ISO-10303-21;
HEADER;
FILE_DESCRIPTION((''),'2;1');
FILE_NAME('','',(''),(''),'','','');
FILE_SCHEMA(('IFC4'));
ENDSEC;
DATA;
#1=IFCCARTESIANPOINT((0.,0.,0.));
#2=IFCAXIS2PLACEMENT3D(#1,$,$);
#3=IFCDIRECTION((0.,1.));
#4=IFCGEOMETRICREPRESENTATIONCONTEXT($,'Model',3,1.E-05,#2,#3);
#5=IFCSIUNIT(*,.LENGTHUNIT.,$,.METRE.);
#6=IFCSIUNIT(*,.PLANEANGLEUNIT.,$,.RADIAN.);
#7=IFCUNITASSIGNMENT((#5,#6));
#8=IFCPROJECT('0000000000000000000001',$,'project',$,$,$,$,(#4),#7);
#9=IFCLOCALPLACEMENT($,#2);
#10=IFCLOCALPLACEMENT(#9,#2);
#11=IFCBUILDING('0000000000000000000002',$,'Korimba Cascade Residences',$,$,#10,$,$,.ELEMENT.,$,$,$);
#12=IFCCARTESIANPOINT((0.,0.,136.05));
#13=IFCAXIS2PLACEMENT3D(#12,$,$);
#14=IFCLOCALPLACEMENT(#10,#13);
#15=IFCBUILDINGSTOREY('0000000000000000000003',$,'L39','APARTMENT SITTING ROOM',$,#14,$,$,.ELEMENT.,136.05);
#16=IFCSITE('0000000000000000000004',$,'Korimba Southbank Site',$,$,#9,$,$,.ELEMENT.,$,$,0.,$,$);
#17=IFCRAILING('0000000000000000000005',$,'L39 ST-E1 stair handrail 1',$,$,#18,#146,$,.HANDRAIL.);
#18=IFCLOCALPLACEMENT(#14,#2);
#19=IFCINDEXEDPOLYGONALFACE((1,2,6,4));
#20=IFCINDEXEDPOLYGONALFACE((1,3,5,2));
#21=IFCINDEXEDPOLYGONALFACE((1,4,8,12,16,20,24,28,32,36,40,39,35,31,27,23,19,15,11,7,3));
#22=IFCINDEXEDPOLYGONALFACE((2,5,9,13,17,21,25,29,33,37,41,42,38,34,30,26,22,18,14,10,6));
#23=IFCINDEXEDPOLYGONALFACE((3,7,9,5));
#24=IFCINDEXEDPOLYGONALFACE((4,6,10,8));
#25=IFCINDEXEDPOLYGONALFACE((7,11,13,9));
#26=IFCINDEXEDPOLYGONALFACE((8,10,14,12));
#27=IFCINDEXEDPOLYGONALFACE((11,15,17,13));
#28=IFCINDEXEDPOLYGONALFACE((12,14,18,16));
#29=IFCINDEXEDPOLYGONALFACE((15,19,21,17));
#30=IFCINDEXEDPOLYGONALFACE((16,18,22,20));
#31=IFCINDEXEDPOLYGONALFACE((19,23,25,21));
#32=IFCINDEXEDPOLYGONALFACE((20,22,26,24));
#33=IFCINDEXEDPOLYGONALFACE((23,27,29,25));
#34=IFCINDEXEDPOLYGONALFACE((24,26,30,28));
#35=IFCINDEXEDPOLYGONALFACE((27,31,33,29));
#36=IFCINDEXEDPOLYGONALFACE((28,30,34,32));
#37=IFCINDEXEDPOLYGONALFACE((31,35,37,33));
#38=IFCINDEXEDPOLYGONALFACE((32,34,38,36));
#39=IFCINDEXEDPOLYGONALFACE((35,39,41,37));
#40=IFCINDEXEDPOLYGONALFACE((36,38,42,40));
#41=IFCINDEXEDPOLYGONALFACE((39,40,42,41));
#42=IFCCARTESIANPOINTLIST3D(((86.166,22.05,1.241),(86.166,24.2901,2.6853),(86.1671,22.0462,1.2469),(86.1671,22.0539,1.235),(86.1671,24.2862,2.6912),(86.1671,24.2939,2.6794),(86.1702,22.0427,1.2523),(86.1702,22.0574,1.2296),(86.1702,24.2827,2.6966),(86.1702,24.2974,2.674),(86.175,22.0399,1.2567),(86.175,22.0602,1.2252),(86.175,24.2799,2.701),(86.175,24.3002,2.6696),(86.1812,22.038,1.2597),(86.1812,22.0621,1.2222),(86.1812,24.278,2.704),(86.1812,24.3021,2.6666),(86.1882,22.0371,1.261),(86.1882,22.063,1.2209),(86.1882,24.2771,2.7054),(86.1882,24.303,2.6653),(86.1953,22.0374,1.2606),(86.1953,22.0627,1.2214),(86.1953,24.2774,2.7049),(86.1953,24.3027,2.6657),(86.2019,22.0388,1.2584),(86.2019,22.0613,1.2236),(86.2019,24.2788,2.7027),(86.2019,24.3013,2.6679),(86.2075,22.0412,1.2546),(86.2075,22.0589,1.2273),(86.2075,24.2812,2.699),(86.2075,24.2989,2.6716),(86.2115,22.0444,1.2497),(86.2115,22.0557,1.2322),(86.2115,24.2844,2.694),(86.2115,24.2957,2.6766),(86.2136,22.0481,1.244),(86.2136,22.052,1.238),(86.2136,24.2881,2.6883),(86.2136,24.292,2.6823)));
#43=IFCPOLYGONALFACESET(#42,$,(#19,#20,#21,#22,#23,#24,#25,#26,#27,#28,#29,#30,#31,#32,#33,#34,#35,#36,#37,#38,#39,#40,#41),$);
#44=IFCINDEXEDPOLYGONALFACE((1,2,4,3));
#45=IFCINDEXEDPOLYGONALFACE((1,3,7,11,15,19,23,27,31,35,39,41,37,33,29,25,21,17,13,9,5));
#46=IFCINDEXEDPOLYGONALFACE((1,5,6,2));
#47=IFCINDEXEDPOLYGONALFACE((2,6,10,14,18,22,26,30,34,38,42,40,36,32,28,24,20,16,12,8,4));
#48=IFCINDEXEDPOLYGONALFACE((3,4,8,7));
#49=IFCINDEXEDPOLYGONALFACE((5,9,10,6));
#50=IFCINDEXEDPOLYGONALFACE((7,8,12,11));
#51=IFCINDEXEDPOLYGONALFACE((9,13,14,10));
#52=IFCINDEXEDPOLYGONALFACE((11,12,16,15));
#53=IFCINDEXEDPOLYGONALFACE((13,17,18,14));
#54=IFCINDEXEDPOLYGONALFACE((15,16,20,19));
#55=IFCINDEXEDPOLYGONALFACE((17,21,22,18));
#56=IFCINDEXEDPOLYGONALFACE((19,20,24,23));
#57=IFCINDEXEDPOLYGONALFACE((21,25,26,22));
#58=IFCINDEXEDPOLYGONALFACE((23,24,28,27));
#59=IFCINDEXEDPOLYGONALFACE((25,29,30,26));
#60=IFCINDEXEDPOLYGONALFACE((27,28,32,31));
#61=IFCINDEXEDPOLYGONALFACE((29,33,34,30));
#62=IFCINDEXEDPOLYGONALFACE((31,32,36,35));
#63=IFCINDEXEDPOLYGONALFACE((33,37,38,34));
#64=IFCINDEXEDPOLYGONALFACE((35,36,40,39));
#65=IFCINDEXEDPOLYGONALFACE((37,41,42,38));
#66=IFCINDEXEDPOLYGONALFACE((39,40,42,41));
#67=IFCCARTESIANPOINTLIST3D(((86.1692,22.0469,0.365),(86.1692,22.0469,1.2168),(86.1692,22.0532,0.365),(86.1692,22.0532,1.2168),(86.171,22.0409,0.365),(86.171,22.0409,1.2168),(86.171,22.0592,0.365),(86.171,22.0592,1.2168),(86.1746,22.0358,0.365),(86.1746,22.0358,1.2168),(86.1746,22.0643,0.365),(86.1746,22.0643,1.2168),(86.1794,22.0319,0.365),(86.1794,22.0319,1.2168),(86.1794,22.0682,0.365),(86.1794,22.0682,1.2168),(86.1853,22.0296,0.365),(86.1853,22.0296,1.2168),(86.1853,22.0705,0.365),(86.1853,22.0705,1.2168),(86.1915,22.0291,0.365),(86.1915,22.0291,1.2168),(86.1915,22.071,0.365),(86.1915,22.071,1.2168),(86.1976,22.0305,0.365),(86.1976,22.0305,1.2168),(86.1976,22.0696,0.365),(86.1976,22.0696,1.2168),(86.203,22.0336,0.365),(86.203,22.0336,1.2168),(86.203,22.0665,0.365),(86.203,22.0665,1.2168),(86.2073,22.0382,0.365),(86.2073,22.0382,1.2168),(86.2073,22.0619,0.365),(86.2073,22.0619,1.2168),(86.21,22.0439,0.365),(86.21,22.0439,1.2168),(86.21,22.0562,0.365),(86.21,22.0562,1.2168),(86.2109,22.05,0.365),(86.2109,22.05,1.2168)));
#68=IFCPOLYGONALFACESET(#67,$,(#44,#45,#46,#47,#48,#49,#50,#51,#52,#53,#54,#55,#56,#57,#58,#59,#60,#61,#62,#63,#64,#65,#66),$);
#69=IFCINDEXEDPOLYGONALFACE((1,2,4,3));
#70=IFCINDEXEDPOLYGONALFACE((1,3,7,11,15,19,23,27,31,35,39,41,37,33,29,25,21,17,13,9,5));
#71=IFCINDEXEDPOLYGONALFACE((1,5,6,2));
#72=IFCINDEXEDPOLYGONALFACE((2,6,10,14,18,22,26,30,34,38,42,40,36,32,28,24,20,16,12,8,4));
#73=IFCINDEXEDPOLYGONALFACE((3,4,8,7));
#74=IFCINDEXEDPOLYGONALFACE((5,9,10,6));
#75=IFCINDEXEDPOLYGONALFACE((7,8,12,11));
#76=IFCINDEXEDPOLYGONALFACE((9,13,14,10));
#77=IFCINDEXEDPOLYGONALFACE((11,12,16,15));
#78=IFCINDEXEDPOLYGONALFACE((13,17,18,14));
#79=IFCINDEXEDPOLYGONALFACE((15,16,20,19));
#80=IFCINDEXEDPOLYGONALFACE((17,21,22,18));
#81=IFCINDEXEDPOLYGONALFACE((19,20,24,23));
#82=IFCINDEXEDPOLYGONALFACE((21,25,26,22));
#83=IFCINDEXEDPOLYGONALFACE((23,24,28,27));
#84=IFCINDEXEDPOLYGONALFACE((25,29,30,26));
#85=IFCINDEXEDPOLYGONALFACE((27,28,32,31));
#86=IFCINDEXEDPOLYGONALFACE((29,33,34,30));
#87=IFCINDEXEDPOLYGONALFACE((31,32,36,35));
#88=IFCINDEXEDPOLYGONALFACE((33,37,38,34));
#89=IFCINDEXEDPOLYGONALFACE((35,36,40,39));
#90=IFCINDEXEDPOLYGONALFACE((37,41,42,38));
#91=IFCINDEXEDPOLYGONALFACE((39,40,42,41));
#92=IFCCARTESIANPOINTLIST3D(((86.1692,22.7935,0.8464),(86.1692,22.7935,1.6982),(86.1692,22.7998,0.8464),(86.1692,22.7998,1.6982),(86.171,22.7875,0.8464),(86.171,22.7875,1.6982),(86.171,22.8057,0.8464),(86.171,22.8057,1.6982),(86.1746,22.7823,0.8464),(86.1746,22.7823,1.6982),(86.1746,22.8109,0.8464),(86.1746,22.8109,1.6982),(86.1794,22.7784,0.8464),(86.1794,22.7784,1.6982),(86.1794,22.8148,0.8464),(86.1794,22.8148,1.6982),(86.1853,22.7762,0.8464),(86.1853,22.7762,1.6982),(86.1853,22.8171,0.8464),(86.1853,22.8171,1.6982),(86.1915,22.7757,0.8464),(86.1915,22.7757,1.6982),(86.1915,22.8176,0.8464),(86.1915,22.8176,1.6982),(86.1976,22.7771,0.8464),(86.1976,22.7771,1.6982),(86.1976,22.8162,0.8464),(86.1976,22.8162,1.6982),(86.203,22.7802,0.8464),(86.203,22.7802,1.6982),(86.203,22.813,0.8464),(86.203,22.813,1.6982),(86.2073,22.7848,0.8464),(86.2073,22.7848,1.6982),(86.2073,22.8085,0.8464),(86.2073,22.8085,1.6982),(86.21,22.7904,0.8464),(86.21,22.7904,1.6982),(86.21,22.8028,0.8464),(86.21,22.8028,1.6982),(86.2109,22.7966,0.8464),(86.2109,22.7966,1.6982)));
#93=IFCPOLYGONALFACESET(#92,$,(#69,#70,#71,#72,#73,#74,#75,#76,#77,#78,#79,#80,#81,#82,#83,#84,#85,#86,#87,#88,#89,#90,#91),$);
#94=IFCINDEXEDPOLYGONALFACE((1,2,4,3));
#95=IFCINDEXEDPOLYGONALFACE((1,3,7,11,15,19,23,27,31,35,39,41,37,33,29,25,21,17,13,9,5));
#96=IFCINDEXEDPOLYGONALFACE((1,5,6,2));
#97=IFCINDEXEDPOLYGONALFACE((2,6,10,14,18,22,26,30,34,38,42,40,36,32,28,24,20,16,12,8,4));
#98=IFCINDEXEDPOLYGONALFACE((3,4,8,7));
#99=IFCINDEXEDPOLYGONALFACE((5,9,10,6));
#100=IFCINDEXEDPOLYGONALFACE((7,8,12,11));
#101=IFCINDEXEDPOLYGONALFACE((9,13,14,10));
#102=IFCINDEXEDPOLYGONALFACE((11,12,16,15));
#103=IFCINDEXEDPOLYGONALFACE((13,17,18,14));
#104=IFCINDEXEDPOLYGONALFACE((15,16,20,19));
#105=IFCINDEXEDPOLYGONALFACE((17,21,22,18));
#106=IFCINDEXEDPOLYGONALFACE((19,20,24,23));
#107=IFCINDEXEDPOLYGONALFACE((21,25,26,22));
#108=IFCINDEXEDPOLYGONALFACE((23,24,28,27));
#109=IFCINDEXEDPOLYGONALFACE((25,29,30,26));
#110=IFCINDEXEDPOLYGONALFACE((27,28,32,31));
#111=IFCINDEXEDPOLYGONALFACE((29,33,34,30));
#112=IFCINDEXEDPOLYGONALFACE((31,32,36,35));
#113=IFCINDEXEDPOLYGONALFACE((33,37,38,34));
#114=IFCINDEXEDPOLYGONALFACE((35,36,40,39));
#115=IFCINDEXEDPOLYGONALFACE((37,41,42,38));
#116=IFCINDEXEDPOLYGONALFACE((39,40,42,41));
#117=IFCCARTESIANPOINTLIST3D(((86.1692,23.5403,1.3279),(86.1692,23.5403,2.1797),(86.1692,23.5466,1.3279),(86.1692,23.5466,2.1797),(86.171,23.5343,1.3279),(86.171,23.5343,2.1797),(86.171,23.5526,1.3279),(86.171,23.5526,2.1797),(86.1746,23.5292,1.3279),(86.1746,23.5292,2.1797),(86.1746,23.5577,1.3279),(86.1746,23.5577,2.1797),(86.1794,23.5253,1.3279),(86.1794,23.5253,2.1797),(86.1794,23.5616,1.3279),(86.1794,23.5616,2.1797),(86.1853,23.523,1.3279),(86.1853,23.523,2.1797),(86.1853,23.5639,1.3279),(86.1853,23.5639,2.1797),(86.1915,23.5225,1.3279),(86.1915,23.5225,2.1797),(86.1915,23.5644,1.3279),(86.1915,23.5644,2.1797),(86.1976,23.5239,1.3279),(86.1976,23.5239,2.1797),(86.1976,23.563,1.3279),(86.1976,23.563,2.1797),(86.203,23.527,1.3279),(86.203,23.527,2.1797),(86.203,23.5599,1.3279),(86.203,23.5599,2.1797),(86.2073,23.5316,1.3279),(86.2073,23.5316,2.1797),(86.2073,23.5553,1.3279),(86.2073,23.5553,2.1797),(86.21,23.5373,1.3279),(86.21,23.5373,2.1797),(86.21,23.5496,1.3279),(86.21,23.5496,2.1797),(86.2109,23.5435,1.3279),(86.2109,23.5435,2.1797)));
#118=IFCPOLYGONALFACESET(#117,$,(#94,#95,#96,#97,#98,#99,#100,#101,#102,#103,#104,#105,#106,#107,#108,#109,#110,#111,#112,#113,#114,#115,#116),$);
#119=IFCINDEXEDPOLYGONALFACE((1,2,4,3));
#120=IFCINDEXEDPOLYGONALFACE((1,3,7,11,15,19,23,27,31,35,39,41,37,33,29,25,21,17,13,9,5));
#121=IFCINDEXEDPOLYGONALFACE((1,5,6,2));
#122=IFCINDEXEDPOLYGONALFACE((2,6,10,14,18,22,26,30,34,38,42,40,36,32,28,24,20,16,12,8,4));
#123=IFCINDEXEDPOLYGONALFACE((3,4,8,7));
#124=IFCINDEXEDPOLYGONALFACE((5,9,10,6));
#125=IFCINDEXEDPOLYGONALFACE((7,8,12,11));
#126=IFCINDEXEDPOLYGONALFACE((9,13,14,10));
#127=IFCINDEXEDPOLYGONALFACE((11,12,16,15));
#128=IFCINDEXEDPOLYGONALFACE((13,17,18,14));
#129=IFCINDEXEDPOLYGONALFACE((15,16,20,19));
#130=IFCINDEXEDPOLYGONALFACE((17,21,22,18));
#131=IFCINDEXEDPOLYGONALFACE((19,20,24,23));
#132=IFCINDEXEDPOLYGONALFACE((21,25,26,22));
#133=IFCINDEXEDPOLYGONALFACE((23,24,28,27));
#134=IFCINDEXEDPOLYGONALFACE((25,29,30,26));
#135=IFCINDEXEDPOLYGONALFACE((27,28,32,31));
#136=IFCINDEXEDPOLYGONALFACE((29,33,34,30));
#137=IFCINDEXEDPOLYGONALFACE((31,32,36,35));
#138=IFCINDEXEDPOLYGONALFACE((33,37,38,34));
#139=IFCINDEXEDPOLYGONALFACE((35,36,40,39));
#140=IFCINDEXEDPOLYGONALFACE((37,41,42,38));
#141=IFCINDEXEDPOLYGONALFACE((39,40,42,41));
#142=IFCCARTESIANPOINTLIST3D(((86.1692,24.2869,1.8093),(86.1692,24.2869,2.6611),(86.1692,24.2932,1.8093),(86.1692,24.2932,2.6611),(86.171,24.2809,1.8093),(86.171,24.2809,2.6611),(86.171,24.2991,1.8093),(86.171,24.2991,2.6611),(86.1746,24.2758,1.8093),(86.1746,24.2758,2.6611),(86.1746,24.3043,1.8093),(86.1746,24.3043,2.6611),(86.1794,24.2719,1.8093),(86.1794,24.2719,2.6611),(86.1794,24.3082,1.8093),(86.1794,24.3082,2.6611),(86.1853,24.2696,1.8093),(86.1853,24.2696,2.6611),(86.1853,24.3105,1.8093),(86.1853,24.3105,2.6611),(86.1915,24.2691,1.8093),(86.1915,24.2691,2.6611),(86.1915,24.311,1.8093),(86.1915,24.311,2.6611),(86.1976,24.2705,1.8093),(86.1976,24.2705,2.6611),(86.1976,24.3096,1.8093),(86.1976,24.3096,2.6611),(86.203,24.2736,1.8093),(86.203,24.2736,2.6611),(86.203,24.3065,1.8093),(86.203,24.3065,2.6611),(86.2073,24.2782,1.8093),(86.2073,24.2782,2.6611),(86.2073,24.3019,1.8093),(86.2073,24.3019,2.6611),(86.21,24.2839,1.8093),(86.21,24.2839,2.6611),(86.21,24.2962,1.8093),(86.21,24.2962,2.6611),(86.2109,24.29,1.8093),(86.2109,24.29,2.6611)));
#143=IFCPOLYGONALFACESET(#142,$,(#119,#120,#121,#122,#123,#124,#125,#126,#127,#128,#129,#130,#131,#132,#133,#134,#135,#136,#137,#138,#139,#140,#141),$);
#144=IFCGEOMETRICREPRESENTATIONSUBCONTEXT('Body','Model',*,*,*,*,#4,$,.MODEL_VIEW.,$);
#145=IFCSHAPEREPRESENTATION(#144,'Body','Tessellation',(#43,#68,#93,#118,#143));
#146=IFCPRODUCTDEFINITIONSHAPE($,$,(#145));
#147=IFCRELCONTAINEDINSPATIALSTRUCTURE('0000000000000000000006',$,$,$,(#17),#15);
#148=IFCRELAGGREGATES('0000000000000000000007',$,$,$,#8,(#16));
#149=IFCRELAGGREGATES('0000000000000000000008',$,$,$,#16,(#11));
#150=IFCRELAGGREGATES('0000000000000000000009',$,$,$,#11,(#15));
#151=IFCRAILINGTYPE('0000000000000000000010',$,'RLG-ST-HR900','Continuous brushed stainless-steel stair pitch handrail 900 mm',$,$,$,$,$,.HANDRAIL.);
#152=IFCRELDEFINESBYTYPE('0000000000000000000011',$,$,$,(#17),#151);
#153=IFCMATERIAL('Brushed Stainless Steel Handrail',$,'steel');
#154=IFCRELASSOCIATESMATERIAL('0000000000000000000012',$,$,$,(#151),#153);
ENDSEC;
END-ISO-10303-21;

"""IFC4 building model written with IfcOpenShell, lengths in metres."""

from ifc_helpers import new_model, si_unit, direction, frame, origin, origin_2d, place, context, subcontext, project, spatial, circle, extrude, material, type_object, element, save


model = new_model("IFC4")

# Units and contexts
model_context = context("Model", 3, precision=1e-05, world=origin(), true_north=direction((0.0, 1.0)))
body_context = subcontext(model_context, "Body", "Model", "MODEL_VIEW")
ifc_project = project(units=[si_unit("LENGTHUNIT", "METRE"), si_unit("PLANEANGLEUNIT", "RADIAN")], contexts=[model_context])

# Site, building, storey
site_placement = place(None, origin())
site = spatial("IfcSite", under=ifc_project, at=site_placement, Name="Korimba Southbank Site", CompositionType="ELEMENT", RefElevation=0.0)
building_placement = place(site_placement, origin())
building = spatial("IfcBuilding", under=site, at=building_placement, Name="Korimba Cascade Residences", CompositionType="ELEMENT")
storey_placement = place(building_placement, frame((0.0, 0.0, 136.05)))
storey = spatial("IfcBuildingStorey", under=building, at=storey_placement, Name="L39", Description="APARTMENT SITTING ROOM", CompositionType="ELEMENT", Elevation=136.05)

# Railing
ifc_material_1 = material(Name="Brushed Stainless Steel Handrail", Category="steel")
railing_type_1 = type_object("IfcRailingType", Name="RLG-ST-HR900", Description="Continuous brushed stainless-steel stair pitch handrail 900 mm", PredefinedType="HANDRAIL", material=ifc_material_1)
railing_1_placement = place(storey_placement, frame((86.1899, 22.05, 0.365)))
element("IfcRailing", 1, at=railing_1_placement, inside=storey, type_object=railing_type_1, Name="L39 ST-E1 stair handrail 1", PredefinedType="HANDRAIL", context=body_context, shape_type="SweptSolid", body=[
    extrude(circle(Radius=0.0239, at=origin_2d()), frame((0.0, 0.0, 0.876), z_axis=(0.0, 0.840437, 0.54191), x_axis=(-1.0, 0.0, 0.0)), (0.0, 0.0, 1.0), 2.6653),
    extrude(circle(Radius=0.021, at=origin_2d()), origin(), (0.0, 0.0, 1.0), 0.8518),
    extrude(circle(Radius=0.021, at=origin_2d()), frame((0.0, 0.7466, 0.4814)), (0.0, 0.0, 1.0), 0.8518),
    extrude(circle(Radius=0.021, at=origin_2d()), frame((0.0, 1.4934, 0.9629)), (0.0, 0.0, 1.0), 0.8518),
    extrude(circle(Radius=0.021, at=origin_2d()), frame((0.0, 2.24, 1.4443)), (0.0, 0.0, 1.0), 0.8518),
])

save(model, "model.ifc")
